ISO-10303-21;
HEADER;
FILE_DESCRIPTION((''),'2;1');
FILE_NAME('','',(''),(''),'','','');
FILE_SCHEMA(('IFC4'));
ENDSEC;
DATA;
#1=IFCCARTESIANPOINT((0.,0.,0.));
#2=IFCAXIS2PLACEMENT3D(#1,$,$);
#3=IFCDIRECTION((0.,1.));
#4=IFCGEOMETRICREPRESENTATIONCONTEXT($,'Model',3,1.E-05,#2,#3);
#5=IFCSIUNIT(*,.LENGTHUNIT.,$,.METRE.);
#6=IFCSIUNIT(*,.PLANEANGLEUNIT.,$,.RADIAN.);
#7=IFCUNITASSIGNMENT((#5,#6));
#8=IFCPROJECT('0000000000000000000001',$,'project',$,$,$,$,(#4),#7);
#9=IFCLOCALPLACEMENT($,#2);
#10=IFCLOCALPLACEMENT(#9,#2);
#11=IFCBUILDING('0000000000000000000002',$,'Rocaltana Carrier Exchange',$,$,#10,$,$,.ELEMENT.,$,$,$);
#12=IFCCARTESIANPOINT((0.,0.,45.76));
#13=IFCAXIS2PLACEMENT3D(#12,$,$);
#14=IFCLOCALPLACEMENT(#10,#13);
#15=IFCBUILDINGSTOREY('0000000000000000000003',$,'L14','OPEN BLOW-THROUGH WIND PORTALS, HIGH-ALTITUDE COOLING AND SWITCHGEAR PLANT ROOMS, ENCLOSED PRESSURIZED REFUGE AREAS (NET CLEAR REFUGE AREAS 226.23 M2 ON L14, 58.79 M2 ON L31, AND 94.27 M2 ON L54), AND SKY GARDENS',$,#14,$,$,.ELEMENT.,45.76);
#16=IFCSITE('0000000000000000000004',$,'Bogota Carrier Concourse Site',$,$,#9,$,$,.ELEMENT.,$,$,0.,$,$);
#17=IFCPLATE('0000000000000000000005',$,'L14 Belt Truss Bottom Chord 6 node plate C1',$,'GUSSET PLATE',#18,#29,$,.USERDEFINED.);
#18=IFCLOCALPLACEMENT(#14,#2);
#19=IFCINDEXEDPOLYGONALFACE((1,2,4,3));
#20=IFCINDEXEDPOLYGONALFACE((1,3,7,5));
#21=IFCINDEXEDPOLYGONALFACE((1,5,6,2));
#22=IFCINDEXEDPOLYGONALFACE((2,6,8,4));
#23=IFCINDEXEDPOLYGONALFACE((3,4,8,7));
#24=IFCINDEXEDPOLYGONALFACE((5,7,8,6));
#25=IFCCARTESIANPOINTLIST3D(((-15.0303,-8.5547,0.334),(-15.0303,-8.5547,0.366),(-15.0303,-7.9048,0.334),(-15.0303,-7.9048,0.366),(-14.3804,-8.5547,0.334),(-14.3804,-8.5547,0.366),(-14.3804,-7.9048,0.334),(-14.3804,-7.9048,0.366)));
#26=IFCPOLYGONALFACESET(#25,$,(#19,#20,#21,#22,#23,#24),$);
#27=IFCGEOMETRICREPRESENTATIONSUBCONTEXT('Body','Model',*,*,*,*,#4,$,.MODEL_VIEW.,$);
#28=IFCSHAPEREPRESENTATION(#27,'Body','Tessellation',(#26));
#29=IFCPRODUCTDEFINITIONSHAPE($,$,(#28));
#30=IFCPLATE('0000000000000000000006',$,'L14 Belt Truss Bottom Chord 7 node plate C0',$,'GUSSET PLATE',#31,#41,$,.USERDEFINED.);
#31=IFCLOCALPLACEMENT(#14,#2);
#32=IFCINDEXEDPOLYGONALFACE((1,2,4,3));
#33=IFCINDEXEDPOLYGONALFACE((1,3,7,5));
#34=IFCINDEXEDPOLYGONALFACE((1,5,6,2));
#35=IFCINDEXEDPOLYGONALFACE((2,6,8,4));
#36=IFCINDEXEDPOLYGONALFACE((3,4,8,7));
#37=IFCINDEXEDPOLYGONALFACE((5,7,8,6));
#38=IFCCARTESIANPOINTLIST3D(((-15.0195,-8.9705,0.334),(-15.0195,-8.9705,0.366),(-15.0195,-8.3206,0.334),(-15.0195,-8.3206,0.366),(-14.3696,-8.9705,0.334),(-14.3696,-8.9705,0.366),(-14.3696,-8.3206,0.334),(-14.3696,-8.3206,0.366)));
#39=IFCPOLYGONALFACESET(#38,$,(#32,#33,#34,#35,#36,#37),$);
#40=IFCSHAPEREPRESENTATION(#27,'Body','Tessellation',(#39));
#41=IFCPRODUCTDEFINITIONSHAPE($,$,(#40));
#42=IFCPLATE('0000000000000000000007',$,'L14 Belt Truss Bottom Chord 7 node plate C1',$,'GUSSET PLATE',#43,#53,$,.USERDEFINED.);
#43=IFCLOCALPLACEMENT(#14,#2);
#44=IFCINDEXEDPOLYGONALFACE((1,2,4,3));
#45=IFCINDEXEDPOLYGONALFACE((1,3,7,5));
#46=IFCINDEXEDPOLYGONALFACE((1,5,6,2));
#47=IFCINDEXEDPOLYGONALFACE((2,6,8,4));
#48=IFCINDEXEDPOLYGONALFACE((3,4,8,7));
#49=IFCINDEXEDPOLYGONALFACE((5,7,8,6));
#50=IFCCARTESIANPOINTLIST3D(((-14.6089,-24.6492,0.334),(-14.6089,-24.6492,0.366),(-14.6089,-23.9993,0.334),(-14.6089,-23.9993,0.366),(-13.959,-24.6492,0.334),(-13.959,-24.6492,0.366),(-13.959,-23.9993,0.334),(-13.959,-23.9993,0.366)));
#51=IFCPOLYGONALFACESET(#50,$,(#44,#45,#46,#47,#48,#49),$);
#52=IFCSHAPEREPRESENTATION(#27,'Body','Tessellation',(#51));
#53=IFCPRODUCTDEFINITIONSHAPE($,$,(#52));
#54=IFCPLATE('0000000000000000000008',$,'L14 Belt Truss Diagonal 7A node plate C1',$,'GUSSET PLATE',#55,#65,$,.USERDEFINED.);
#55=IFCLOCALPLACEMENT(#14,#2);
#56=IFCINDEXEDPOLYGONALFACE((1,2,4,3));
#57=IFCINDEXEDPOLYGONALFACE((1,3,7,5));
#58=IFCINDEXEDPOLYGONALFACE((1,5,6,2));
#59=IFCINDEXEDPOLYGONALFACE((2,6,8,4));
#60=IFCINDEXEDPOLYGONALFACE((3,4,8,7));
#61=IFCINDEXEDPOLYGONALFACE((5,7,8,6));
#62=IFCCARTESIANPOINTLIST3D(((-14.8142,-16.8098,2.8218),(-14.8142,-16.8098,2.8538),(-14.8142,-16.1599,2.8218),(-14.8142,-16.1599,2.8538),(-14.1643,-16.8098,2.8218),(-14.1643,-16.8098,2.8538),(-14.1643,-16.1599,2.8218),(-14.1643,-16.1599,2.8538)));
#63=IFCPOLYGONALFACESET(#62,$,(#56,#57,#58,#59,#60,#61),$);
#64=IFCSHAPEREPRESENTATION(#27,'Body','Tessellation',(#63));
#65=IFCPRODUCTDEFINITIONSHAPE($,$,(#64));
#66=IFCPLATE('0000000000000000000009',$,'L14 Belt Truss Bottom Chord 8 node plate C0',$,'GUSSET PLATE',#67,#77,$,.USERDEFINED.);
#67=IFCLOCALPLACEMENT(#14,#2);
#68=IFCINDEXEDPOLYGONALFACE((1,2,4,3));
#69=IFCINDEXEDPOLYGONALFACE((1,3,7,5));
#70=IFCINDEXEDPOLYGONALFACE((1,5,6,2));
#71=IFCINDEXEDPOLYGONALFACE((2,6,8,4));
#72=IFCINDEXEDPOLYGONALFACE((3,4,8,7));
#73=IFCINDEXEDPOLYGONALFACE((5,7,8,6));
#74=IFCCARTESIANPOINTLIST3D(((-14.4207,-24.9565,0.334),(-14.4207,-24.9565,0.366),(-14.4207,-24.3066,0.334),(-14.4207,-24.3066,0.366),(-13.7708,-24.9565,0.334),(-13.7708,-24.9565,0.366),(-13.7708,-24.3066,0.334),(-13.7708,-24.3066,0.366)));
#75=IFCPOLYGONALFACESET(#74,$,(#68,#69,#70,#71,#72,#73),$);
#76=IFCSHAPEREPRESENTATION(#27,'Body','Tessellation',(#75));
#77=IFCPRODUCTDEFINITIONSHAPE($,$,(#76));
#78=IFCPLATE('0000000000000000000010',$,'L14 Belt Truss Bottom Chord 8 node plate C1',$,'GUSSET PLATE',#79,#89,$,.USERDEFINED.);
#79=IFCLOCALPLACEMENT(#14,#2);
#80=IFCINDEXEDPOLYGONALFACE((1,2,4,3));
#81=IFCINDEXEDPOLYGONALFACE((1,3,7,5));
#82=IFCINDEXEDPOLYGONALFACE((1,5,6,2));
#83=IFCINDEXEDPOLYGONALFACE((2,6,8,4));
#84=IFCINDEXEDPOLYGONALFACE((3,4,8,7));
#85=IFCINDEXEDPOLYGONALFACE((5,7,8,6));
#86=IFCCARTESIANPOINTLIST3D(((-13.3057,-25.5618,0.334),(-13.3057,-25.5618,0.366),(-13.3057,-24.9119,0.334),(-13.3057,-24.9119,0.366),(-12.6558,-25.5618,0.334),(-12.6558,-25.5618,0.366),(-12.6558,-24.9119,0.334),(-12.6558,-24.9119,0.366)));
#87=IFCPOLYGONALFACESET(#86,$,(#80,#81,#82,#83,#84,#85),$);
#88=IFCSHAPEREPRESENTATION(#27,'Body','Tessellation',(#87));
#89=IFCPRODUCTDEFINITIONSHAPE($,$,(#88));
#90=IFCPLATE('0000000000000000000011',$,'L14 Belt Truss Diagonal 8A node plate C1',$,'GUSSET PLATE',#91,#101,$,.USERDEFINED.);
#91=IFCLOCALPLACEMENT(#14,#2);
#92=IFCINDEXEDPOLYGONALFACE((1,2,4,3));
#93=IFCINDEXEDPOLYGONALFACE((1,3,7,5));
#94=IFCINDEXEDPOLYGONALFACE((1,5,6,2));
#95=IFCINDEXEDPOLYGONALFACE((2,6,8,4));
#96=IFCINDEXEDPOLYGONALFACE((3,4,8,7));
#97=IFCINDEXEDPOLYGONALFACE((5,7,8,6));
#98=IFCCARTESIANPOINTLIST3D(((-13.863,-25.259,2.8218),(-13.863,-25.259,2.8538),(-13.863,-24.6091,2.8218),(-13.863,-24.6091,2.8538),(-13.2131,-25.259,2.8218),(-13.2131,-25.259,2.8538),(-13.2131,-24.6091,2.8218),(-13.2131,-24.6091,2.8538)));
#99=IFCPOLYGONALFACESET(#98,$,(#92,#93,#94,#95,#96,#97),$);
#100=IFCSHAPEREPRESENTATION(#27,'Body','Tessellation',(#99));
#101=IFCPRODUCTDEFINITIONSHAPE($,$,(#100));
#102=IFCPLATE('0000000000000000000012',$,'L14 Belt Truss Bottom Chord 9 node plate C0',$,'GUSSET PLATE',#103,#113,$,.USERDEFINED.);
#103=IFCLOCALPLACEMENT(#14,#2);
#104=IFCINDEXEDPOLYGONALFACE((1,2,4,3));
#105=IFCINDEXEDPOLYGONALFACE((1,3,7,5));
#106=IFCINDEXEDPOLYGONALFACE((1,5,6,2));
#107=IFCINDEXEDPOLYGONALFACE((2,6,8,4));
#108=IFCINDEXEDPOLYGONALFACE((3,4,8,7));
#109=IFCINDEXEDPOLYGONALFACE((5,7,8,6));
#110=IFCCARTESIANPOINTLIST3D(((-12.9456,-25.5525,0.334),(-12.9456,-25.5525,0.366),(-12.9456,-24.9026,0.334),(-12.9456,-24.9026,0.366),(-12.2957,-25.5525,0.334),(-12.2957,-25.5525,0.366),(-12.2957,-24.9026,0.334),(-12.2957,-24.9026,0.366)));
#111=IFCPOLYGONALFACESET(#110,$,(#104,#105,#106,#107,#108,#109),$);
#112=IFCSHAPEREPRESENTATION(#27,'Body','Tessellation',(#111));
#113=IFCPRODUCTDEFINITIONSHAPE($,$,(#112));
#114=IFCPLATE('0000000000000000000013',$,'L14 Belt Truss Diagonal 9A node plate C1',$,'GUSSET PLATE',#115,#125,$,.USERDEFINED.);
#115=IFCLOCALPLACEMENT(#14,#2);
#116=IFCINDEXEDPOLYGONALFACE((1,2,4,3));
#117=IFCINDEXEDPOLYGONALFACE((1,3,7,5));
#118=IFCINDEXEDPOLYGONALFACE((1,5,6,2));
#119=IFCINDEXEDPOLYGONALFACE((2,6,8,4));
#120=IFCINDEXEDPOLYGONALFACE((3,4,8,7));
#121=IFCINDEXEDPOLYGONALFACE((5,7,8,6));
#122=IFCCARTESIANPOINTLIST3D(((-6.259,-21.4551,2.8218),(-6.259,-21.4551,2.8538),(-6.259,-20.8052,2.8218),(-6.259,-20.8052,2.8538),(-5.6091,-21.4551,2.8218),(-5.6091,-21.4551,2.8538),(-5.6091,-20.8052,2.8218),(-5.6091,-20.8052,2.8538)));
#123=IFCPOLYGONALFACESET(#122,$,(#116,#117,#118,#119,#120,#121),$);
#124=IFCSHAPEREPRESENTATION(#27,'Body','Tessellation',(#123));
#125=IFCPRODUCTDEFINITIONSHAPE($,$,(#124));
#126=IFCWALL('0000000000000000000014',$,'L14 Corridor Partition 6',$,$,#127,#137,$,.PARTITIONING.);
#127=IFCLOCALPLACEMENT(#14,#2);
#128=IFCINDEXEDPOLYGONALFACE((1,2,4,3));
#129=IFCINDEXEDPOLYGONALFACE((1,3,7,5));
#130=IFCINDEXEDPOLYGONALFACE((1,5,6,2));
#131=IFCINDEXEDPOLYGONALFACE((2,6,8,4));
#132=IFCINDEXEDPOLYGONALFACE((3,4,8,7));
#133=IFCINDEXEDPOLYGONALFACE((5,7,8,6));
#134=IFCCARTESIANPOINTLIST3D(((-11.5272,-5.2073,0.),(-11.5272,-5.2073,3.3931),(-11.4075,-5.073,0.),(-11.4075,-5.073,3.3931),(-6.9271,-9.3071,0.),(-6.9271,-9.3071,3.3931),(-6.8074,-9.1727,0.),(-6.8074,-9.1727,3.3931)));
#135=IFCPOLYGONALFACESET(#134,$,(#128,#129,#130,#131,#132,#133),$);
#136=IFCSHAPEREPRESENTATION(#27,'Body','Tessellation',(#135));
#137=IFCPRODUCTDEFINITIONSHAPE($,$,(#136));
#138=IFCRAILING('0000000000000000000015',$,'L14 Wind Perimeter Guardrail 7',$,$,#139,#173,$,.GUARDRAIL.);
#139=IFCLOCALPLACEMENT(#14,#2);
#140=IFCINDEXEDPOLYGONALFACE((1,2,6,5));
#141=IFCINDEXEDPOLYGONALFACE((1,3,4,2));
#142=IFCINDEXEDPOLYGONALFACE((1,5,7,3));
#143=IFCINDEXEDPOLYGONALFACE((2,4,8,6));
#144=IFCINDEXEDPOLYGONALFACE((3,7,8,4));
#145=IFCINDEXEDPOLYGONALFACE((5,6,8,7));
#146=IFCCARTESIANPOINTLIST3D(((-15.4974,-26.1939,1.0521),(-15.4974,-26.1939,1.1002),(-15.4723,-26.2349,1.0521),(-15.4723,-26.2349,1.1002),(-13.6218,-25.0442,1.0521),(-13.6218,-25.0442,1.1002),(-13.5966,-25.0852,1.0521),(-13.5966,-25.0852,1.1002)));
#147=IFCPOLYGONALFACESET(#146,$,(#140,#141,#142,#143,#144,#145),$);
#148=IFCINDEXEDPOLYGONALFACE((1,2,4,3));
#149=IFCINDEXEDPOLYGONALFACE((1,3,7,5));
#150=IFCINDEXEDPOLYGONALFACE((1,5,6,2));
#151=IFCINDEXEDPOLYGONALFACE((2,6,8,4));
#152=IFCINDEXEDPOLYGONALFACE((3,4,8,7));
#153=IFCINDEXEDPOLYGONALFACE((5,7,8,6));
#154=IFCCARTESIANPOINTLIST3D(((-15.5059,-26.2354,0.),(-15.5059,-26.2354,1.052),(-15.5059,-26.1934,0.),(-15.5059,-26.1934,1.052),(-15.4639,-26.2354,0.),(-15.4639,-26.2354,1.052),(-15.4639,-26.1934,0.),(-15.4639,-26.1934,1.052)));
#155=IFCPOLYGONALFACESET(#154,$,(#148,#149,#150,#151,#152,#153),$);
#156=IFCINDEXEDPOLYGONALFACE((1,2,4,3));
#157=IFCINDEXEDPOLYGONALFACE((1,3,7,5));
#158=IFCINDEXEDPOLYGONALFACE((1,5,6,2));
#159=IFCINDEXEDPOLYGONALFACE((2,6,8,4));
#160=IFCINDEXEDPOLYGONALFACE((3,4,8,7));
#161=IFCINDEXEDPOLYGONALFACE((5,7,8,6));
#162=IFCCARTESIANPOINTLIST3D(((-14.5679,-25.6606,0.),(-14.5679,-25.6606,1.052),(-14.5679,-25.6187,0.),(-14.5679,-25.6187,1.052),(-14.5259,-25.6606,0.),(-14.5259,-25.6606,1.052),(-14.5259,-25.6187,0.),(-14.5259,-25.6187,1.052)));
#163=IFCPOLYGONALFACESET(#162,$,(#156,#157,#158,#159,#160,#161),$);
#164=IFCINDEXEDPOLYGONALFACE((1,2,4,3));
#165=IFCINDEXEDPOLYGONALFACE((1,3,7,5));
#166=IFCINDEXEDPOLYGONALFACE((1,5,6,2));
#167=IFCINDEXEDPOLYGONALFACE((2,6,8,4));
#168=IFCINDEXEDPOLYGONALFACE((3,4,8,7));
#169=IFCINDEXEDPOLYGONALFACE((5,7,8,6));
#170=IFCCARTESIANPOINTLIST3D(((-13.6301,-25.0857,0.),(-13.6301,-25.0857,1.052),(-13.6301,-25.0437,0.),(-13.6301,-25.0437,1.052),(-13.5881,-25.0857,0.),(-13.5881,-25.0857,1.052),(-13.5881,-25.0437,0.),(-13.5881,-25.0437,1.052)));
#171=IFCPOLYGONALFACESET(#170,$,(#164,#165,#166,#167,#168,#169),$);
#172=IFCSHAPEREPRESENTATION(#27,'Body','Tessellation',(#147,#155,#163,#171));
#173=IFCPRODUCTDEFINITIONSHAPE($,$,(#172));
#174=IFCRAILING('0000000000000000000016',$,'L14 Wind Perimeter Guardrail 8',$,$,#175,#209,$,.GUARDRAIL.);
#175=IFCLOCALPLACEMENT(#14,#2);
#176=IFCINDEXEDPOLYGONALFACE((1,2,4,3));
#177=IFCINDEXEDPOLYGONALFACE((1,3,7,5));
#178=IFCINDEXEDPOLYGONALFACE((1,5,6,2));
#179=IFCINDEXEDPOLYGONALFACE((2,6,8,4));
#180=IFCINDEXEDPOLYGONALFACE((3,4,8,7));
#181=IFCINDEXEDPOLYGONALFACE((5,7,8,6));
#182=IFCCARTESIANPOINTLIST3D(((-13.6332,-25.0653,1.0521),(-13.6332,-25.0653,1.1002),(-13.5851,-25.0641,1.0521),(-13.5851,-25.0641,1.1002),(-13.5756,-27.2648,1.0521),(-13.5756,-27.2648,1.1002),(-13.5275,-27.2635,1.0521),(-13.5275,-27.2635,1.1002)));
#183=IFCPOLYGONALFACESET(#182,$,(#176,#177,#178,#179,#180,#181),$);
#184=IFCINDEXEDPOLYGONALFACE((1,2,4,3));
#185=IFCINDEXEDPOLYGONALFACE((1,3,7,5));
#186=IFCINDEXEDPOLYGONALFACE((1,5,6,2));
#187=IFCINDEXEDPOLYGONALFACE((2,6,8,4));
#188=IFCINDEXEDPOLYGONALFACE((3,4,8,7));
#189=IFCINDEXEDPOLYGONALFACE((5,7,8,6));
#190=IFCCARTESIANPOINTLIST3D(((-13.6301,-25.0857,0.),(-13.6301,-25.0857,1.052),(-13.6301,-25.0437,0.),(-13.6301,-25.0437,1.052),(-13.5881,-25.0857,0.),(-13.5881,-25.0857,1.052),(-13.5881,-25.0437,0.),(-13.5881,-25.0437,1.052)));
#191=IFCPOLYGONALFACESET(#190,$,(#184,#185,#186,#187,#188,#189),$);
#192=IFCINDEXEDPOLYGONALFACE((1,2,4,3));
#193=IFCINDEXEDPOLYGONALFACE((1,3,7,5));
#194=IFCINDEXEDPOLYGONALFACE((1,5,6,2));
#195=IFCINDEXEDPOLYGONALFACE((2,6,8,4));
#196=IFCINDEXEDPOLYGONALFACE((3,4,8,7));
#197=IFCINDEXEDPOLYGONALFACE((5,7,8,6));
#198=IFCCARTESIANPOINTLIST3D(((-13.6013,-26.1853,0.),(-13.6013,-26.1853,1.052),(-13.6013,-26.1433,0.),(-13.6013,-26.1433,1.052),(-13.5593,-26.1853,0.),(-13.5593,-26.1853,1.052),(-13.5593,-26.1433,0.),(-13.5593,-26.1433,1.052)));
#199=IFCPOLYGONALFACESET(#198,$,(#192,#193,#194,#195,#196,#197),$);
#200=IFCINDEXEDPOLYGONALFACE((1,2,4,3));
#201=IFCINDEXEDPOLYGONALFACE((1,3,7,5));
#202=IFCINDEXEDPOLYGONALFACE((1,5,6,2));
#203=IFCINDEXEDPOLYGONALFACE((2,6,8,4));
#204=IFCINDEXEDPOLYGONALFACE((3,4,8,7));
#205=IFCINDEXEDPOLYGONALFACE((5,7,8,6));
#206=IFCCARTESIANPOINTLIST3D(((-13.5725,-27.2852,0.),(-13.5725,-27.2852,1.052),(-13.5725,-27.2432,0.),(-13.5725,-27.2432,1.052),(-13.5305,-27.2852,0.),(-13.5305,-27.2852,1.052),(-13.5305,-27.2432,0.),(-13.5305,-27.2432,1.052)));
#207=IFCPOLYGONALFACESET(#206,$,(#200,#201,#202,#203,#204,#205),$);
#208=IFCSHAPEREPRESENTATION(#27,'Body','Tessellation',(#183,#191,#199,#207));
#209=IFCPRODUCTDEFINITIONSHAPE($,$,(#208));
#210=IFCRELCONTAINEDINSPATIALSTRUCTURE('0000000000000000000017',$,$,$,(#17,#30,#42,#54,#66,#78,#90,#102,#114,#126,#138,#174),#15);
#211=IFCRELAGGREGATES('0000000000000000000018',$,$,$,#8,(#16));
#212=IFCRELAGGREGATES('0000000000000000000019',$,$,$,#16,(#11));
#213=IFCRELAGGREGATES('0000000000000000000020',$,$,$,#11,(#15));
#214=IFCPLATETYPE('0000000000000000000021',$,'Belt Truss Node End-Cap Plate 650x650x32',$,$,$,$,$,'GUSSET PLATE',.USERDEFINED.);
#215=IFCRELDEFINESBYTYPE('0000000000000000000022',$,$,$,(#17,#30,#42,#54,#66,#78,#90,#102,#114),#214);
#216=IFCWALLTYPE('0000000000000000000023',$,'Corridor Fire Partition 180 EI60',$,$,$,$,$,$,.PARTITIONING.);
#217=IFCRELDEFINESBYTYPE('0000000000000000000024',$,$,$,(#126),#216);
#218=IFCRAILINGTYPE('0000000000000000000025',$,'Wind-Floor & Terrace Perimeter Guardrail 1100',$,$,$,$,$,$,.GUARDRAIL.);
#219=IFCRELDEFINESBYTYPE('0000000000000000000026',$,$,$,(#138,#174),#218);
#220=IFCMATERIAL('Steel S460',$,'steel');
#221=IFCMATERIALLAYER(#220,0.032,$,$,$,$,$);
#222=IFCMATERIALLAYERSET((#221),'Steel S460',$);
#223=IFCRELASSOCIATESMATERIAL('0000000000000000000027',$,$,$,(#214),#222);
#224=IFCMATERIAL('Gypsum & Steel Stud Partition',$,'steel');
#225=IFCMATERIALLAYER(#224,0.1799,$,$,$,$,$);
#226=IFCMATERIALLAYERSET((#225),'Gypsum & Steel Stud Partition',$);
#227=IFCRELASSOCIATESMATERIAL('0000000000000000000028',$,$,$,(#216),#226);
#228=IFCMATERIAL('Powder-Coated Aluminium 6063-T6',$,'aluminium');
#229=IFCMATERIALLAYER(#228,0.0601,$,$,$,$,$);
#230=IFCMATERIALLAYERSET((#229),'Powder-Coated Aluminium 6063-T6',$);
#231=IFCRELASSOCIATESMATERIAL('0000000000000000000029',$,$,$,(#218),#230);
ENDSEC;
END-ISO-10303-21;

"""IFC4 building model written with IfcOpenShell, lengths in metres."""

from ifc_helpers import new_model, si_unit, direction, frame, frame_2d, origin, origin_2d, place, context, subcontext, project, spatial, rectangle, extrude, material, layer, layer_set, type_object, element, save


model = new_model("IFC4")

# Units and contexts
model_context = context("Model", 3, precision=1e-05, world=origin(), true_north=direction((0.0, 1.0)))
body_context = subcontext(model_context, "Body", "Model", "MODEL_VIEW")
ifc_project = project(units=[si_unit("LENGTHUNIT", "METRE"), si_unit("PLANEANGLEUNIT", "RADIAN")], contexts=[model_context])

# Site, building, storey
site_placement = place(None, origin())
site = spatial("IfcSite", under=ifc_project, at=site_placement, Name="Bogota Carrier Concourse Site", CompositionType="ELEMENT", RefElevation=0.0)
building_placement = place(site_placement, origin())
building = spatial("IfcBuilding", under=site, at=building_placement, Name="Rocaltana Carrier Exchange", CompositionType="ELEMENT")
storey_placement = place(building_placement, frame((0.0, 0.0, 45.76)))
storey = spatial("IfcBuildingStorey", under=building, at=storey_placement, Name="L14", Description="OPEN BLOW-THROUGH WIND PORTALS, HIGH-ALTITUDE COOLING AND SWITCHGEAR PLANT ROOMS, ENCLOSED PRESSURIZED REFUGE AREAS (NET CLEAR REFUGE AREAS 226.23 M2 ON L14, 58.79 M2 ON L31, AND 94.27 M2 ON L54), AND SKY GARDENS", CompositionType="ELEMENT", Elevation=45.76)

# Plates
ifc_material_1 = material(Name="Steel S460", Category="steel")
ifc_layer_1 = layer(ifc_material_1, 0.032)
ifc_layer_set_1 = layer_set([ifc_layer_1], Name="Steel S460")
plate_type = type_object("IfcPlateType", Name="Belt Truss Node End-Cap Plate 650x650x32", ElementType="GUSSET PLATE", PredefinedType="USERDEFINED", material=ifc_layer_set_1)
for number, where, z_axis, x_axis, name in (
    (1, (-14.7053, -8.2297, 0.334), (0.0, 0.0, 1.0), (1.0, 0.0, 0.0), "L14 Belt Truss Bottom Chord 6 node plate C1"),
    (2, (-14.6946, -8.6455, 0.334), (0.0, 0.0, 1.0), (1.0, 0.0, 0.0), "L14 Belt Truss Bottom Chord 7 node plate C0"),
    (3, (-14.2839, -24.3242, 0.334), (0.0, 0.0, 1.0), (1.0, 0.0, 0.0), "L14 Belt Truss Bottom Chord 7 node plate C1"),
    (4, (-14.4893, -16.4849, 2.8218), (0.0, 0.0, 1.0), (1.0, 0.0, 0.0), "L14 Belt Truss Diagonal 7A node plate C1"),
    (5, (-14.0957, -24.6316, 0.334), (0.0, 0.0, 1.0), (1.0, 0.0, 0.0), "L14 Belt Truss Bottom Chord 8 node plate C0"),
    (6, (-12.9807, -25.2368, 0.334), (0.0, 0.0, 1.0), (1.0, 0.0, 0.0), "L14 Belt Truss Bottom Chord 8 node plate C1"),
    (7, (-13.5381, -24.9341, 2.8218), (0.0, 0.0, 1.0), (1.0, 0.0, 0.0), "L14 Belt Truss Diagonal 8A node plate C1"),
    (8, (-12.6206, -25.2275, 0.334), (0.0, 0.0, 1.0), (1.0, 0.0, 0.0), "L14 Belt Truss Bottom Chord 9 node plate C0"),
    (9, (-5.9341, -21.1301, 2.8218), (0.0, 0.0, 1.0), (1.0, 0.0, 0.0), "L14 Belt Truss Diagonal 9A node plate C1"),
):
    element("IfcPlate", number, at=place(storey_placement, frame(where, z_axis=z_axis, x_axis=x_axis)), inside=storey, type_object=plate_type, Name=name, ObjectType="GUSSET PLATE", PredefinedType="USERDEFINED", context=body_context, shape_type="SweptSolid", body=[
        extrude(rectangle(XDim=0.6499, YDim=0.6499, at=origin_2d()), origin(), (0.0, 0.0, 1.0), 0.032),
    ])

# Wall
ifc_material_2 = material(Name="Gypsum & Steel Stud Partition", Category="steel")
ifc_layer_2 = layer(ifc_material_2, 0.1799)
ifc_layer_set_2 = layer_set([ifc_layer_2], Name="Gypsum & Steel Stud Partition")
wall_type = type_object("IfcWallType", Name="Corridor Fire Partition 180 EI60", PredefinedType="PARTITIONING", material=ifc_layer_set_2)
wall_placement = place(storey_placement, frame((-6.8672, -9.24, 0.0), z_axis=(0.0, 0.0, 1.0), x_axis=(-0.746532, 0.665349, 0.0)))
element("IfcWall", 10, at=wall_placement, inside=storey, type_object=wall_type, Name="L14 Corridor Partition 6", PredefinedType="PARTITIONING", context=body_context, shape_type="SweptSolid", body=[
    extrude(rectangle(XDim=6.1619, YDim=0.1799, at=frame_2d((3.0811, 0.0))), origin(), (0.0, 0.0, 1.0), 3.3931),
])

# Railings
ifc_material_3 = material(Name="Powder-Coated Aluminium 6063-T6", Category="aluminium")
ifc_layer_3 = layer(ifc_material_3, 0.0601)
ifc_layer_set_3 = layer_set([ifc_layer_3], Name="Powder-Coated Aluminium 6063-T6")
railing_type = type_object("IfcRailingType", Name="Wind-Floor & Terrace Perimeter Guardrail 1100", PredefinedType="GUARDRAIL", material=ifc_layer_set_3)
railing_1_placement = place(storey_placement, frame((-15.4849, -26.2144, 0.0)))
element("IfcRailing", 11, at=railing_1_placement, inside=storey, type_object=railing_type, Name="L14 Wind Perimeter Guardrail 7", PredefinedType="GUARDRAIL", context=body_context, shape_type="SweptSolid", body=[
    extrude(rectangle(XDim=0.0481, YDim=0.0481, at=origin_2d()), frame((0.0, 0.0, 1.0762), z_axis=(0.852598, 0.522567, 0.0), x_axis=(-0.522567, 0.852598, 0.0)), (0.0, 0.0, 1.0), 2.2),
    extrude(rectangle(XDim=0.042, YDim=0.042, at=origin_2d()), origin(), (0.0, 0.0, 1.0), 1.052),
    extrude(rectangle(XDim=0.042, YDim=0.042, at=origin_2d()), frame((0.938, 0.5747, 0.0)), (0.0, 0.0, 1.0), 1.052),
    extrude(rectangle(XDim=0.042, YDim=0.042, at=origin_2d()), frame((1.8757, 1.1497, 0.0)), (0.0, 0.0, 1.0), 1.052),
])
railing_2_placement = place(storey_placement, frame((-13.6091, -25.0647, 0.0)))
element("IfcRailing", 12, at=railing_2_placement, inside=storey, type_object=railing_type, Name="L14 Wind Perimeter Guardrail 8", PredefinedType="GUARDRAIL", context=body_context, shape_type="SweptSolid", body=[
    extrude(rectangle(XDim=0.0481, YDim=0.0481, at=origin_2d()), frame((0.0, 0.0, 1.0762), z_axis=(0.026187, -0.999657, 0.0), x_axis=(0.999657, 0.026187, 0.0)), (0.0, 0.0, 1.0), 2.2002),
    extrude(rectangle(XDim=0.042, YDim=0.042, at=origin_2d()), origin(), (0.0, 0.0, 1.0), 1.052),
    extrude(rectangle(XDim=0.042, YDim=0.042, at=origin_2d()), frame((0.0288, -1.0996, 0.0)), (0.0, 0.0, 1.0), 1.052),
    extrude(rectangle(XDim=0.042, YDim=0.042, at=origin_2d()), frame((0.0576, -2.1995, 0.0)), (0.0, 0.0, 1.0), 1.052),
])

save(model, "model.ifc")
